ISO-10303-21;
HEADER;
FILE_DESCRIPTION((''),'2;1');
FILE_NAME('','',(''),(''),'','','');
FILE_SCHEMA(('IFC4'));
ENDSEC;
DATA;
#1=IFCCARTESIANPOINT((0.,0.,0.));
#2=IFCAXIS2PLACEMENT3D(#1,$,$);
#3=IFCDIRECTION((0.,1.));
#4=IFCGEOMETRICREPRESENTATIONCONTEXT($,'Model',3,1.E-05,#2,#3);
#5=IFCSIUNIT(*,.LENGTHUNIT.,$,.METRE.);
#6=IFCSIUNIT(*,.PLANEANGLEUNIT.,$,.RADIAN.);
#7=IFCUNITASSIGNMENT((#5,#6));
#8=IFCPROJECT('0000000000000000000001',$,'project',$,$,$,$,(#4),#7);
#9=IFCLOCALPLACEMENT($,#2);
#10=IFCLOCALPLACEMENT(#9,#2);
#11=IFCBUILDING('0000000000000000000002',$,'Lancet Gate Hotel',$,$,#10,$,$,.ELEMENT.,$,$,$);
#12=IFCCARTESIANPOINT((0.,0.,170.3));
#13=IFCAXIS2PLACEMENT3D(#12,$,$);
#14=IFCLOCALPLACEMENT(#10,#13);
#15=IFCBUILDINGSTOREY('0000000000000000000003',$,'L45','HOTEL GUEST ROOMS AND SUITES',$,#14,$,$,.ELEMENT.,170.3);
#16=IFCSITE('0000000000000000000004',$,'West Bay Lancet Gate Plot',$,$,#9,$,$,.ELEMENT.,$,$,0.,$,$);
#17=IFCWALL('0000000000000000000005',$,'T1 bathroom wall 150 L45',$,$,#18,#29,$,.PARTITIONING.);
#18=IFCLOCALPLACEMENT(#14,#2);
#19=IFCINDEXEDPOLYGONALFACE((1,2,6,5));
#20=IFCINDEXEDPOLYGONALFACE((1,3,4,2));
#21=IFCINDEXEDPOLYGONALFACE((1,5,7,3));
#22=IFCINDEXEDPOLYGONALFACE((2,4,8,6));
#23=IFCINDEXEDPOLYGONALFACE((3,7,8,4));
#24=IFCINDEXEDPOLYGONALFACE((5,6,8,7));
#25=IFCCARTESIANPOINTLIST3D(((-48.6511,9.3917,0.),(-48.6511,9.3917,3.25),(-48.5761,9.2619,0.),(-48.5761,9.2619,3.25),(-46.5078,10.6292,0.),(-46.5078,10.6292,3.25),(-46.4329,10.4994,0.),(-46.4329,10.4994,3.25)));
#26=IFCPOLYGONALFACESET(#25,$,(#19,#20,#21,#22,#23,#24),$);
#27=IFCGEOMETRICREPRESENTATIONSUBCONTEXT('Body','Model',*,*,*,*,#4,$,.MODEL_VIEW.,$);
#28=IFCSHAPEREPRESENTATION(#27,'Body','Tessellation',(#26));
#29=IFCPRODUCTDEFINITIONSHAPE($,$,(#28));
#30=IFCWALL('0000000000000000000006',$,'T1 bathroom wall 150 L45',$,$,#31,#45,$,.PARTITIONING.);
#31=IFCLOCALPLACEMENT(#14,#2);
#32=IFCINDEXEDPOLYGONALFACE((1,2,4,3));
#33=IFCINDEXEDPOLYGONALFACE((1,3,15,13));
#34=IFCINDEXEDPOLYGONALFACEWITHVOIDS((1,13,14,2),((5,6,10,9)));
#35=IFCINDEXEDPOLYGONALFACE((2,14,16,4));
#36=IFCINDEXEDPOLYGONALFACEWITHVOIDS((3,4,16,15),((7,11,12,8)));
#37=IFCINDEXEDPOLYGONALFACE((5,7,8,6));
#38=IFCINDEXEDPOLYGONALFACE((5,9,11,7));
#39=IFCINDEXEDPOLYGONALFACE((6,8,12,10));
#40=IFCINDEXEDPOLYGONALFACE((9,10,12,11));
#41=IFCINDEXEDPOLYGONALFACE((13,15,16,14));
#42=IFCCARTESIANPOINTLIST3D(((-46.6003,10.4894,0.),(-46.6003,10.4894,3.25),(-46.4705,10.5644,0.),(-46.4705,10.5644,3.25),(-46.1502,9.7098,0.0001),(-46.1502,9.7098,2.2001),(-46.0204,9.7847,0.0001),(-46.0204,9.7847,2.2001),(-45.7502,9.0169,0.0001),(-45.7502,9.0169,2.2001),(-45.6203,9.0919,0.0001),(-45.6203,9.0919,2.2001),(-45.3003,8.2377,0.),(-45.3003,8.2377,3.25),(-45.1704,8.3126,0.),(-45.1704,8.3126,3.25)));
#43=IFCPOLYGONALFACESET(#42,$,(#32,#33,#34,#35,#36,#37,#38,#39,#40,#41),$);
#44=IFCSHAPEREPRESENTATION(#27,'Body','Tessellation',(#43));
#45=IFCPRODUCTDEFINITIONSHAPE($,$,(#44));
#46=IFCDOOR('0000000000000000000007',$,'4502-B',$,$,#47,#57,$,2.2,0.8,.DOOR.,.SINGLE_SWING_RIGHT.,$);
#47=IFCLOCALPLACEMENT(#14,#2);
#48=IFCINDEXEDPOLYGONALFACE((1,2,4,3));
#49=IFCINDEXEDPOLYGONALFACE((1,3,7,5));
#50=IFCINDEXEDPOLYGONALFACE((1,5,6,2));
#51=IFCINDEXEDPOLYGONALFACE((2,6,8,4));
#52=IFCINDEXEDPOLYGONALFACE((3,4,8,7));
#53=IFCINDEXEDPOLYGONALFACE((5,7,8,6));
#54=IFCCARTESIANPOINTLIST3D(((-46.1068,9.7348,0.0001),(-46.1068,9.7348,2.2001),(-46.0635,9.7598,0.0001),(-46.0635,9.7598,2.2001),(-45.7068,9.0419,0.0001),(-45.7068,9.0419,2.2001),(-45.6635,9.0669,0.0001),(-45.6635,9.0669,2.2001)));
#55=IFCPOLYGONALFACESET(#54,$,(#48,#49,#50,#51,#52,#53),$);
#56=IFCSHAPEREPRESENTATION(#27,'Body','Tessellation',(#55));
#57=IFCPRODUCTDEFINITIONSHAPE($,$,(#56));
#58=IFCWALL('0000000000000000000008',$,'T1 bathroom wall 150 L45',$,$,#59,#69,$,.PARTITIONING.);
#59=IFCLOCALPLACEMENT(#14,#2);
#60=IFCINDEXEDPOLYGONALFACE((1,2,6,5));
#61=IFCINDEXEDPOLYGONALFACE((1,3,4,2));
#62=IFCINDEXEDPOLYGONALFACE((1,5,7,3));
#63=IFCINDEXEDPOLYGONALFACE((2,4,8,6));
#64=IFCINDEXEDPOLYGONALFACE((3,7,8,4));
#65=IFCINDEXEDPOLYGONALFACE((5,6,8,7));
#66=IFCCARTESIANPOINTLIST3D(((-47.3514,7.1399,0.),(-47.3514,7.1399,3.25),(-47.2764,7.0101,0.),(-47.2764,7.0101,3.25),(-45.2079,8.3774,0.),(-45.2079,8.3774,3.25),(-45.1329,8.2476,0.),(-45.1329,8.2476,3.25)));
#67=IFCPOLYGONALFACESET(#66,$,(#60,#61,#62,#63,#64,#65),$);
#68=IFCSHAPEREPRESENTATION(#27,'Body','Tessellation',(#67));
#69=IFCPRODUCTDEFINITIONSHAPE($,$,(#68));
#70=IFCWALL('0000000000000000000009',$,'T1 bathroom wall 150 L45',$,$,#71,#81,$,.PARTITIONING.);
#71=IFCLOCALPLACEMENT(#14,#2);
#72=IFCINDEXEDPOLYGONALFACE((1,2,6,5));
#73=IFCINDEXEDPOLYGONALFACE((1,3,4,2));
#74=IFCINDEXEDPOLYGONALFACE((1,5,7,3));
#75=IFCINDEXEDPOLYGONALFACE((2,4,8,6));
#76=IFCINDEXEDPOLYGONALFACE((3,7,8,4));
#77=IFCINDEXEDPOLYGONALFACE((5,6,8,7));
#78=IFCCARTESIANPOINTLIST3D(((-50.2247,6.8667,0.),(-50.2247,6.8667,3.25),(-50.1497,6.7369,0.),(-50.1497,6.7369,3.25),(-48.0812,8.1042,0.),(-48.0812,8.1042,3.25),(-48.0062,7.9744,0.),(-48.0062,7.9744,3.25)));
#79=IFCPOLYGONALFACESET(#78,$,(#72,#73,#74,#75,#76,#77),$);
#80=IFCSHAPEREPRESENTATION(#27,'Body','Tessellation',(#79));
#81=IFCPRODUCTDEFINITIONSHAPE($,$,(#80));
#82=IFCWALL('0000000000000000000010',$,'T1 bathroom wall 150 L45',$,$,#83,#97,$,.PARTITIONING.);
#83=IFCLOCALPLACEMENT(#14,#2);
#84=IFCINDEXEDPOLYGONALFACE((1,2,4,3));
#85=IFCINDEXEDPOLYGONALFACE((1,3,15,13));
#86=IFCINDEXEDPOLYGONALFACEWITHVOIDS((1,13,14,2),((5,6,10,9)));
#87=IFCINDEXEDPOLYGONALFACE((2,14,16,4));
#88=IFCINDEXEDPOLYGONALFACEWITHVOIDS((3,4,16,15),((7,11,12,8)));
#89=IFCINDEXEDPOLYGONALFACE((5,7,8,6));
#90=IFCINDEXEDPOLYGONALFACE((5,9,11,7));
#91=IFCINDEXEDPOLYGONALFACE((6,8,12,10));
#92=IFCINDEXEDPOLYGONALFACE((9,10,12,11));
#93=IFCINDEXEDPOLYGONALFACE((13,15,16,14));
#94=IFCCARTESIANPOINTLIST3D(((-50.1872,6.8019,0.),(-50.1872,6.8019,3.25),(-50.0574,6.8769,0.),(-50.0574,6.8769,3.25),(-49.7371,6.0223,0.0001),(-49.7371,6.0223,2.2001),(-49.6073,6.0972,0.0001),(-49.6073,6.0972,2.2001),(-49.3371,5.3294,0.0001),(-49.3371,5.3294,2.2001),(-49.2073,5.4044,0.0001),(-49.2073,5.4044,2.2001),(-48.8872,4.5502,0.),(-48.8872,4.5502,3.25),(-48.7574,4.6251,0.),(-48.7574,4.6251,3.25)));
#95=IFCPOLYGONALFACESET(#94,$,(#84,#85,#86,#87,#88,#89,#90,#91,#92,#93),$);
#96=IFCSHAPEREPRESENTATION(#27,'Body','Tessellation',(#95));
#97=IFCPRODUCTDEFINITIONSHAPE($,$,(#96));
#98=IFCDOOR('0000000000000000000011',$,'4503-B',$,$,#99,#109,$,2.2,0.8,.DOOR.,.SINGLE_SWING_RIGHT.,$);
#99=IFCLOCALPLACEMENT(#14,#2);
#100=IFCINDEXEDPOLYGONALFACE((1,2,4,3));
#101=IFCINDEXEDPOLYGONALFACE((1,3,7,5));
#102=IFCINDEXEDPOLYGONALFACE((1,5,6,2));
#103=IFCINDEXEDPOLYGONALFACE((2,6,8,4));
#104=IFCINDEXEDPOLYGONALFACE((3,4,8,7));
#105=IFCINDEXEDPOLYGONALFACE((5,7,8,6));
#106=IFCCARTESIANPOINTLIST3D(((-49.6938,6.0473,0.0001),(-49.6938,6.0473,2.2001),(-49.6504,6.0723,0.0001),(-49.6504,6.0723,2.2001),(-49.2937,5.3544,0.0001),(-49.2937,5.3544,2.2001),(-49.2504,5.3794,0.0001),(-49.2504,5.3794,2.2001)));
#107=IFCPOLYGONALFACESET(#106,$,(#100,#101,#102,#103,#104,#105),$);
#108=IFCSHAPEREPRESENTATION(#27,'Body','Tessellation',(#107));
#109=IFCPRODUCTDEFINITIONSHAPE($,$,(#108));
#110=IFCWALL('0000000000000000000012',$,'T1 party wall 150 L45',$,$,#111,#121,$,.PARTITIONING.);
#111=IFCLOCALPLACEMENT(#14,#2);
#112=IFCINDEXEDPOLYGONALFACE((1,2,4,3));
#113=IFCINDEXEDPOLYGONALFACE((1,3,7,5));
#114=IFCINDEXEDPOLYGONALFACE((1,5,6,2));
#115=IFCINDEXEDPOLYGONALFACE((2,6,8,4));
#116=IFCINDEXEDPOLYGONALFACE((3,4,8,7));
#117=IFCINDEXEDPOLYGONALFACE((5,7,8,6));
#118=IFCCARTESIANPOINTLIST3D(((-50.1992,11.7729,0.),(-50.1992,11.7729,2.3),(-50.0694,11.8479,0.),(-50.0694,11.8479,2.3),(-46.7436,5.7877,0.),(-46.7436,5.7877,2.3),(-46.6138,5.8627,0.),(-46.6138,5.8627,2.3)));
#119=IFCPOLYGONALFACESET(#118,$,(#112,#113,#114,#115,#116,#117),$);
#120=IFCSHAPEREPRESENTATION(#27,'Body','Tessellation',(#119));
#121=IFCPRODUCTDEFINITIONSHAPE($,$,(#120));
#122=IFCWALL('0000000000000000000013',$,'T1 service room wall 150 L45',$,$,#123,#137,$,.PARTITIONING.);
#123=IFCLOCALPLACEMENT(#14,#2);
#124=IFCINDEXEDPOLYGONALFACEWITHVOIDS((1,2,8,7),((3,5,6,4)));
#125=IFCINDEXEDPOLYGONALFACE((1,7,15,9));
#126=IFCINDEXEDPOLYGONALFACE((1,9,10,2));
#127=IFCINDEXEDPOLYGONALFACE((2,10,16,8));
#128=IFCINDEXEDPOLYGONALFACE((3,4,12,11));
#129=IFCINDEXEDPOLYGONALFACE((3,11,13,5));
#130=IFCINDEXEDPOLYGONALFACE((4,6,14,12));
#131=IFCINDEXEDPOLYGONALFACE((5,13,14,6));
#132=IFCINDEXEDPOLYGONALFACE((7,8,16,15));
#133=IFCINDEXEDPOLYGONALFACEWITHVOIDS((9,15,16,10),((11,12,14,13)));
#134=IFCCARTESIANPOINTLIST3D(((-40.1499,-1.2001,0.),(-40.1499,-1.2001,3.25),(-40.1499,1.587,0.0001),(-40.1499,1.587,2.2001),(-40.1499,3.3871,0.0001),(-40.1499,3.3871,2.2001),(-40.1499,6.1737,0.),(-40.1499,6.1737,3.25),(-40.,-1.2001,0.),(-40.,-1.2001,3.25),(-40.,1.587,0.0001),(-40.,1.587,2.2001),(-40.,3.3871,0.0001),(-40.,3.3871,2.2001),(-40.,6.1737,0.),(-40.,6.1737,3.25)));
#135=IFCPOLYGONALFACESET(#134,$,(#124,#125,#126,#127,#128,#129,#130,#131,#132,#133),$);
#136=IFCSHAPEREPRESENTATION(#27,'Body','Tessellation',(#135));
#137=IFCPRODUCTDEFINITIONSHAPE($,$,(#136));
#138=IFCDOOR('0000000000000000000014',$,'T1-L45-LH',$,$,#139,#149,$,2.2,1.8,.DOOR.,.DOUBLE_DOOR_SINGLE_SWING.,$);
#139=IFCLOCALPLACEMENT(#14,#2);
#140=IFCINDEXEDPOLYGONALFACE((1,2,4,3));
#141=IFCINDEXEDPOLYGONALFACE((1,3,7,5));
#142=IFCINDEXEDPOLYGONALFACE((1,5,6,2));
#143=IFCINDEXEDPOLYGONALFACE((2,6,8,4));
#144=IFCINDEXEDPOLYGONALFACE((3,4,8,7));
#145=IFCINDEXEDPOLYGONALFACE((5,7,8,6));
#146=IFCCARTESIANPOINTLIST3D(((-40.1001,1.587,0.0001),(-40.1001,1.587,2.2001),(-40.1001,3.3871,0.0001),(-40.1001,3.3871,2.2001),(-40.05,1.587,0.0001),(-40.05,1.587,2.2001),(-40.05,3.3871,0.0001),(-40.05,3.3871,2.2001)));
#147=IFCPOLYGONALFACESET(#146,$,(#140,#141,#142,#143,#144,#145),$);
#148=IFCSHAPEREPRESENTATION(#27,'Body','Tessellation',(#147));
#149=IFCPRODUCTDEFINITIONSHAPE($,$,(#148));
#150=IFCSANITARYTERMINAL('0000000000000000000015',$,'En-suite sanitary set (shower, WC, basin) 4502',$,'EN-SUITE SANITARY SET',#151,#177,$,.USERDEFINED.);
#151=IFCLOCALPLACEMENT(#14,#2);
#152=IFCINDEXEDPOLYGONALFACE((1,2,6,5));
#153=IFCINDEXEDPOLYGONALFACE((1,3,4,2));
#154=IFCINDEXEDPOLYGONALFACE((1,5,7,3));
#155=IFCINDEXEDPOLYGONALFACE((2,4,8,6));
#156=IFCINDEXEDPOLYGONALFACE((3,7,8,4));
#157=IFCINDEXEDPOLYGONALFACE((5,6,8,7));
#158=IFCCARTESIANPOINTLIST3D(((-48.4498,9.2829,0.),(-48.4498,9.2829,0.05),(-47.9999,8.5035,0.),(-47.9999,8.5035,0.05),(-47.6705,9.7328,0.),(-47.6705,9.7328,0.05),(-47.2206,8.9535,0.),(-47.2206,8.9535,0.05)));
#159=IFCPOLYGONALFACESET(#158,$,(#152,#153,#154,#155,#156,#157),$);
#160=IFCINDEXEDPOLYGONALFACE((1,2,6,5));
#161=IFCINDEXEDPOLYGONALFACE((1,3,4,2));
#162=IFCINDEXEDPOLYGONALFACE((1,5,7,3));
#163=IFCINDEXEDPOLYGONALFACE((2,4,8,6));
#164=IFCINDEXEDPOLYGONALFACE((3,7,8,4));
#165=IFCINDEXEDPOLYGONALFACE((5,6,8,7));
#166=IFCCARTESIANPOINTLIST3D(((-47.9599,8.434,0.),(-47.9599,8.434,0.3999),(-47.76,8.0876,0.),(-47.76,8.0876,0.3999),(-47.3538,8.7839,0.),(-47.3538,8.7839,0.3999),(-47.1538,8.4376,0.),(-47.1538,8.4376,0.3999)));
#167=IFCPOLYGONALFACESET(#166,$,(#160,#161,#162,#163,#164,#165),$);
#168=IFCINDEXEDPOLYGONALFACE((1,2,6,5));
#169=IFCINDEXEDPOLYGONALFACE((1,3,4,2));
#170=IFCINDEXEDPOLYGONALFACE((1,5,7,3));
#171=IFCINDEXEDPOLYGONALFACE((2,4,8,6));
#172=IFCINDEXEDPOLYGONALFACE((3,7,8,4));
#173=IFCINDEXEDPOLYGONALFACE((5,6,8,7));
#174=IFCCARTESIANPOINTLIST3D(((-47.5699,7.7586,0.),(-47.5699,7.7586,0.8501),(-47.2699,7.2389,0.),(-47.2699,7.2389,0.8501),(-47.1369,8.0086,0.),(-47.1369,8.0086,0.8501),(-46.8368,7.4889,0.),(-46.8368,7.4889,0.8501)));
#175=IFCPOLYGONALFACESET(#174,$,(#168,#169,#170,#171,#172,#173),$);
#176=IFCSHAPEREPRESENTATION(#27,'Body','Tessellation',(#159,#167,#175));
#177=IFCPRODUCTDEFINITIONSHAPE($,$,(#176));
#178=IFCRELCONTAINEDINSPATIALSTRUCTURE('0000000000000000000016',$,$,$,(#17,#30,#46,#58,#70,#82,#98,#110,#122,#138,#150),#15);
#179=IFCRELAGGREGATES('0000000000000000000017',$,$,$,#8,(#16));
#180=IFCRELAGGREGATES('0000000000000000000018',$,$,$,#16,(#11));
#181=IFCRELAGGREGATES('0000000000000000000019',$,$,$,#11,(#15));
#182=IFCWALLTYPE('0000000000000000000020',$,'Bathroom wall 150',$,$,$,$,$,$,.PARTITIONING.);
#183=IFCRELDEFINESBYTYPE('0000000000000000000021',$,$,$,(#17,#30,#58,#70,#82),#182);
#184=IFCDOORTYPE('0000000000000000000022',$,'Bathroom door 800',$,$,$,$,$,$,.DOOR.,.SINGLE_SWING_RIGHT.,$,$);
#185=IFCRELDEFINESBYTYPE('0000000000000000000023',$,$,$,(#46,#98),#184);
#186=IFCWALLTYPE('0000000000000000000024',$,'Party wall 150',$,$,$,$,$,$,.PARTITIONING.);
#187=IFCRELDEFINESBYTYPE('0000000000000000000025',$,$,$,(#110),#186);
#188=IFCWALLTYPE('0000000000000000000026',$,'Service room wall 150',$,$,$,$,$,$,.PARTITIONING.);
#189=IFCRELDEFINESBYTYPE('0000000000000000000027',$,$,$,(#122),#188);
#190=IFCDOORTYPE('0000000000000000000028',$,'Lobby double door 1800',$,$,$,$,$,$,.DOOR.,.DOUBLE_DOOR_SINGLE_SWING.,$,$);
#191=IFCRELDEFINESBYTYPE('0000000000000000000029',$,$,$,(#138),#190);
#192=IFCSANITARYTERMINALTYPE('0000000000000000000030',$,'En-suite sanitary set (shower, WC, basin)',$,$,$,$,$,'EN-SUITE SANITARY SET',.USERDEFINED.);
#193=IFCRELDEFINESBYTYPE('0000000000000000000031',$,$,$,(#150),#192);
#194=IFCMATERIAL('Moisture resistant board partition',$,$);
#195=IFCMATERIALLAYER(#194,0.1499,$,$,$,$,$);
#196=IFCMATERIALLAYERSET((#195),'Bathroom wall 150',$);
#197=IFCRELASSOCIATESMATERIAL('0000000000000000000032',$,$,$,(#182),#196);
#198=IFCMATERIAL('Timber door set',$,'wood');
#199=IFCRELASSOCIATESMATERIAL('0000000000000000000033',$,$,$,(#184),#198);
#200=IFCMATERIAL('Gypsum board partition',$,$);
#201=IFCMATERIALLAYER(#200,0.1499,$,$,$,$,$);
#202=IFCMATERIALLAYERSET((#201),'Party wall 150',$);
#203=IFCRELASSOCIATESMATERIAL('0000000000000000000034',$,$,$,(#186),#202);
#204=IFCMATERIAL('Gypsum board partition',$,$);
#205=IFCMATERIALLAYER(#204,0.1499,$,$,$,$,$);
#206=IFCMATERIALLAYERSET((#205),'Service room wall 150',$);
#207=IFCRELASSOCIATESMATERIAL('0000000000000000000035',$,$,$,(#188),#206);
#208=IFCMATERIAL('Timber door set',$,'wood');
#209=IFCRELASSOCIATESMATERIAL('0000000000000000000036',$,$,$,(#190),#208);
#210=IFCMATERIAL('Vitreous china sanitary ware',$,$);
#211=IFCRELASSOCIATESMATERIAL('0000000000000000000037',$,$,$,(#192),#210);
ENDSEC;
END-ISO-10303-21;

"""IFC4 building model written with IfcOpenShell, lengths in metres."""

from ifc_helpers import new_model, si_unit, direction, frame, frame_2d, origin, origin_2d, place, context, subcontext, project, spatial, rectangle, extrude, material, layer, layer_set, type_object, element, fill, save


model = new_model("IFC4")

# Units and contexts
model_context = context("Model", 3, precision=1e-05, world=origin(), true_north=direction((0.0, 1.0)))
body_context = subcontext(model_context, "Body", "Model", "MODEL_VIEW")
ifc_project = project(units=[si_unit("LENGTHUNIT", "METRE"), si_unit("PLANEANGLEUNIT", "RADIAN")], contexts=[model_context])

# Site, building, storey
site_placement = place(None, origin())
site = spatial("IfcSite", under=ifc_project, at=site_placement, Name="West Bay Lancet Gate Plot", CompositionType="ELEMENT", RefElevation=0.0)
building_placement = place(site_placement, origin())
building = spatial("IfcBuilding", under=site, at=building_placement, Name="Lancet Gate Hotel", CompositionType="ELEMENT")
storey_placement = place(building_placement, frame((0.0, 0.0, 170.3)))
storey = spatial("IfcBuildingStorey", under=building, at=storey_placement, Name="L45", Description="HOTEL GUEST ROOMS AND SUITES", CompositionType="ELEMENT", Elevation=170.3)

# Wall
ifc_material_1 = material(Name="Moisture resistant board partition")
ifc_layer_1 = layer(ifc_material_1, 0.1499)
ifc_layer_set_1 = layer_set([ifc_layer_1], Name="Bathroom wall 150")
wall_type_1 = type_object("IfcWallType", Name="Bathroom wall 150", PredefinedType="PARTITIONING", material=ifc_layer_set_1)
wall_1_placement = place(storey_placement, frame((-46.4705, 10.5642, 0.0), z_axis=(0.0, 0.0, 1.0), x_axis=(-0.866007, -0.500033, 0.0)))
element("IfcWall", 1, at=wall_1_placement, inside=storey, type_object=wall_type_1, Name="T1 bathroom wall 150 L45", PredefinedType="PARTITIONING", context=body_context, shape_type="SweptSolid", body=[
    extrude(rectangle(XDim=2.4749, YDim=0.1499, at=frame_2d((1.2373, 0.0))), origin(), (0.0, 0.0, 1.0), 3.25),
])

# Wall, opening, door
wall_2_placement = place(storey_placement, frame((-45.2354, 8.2751, 0.0), z_axis=(0.0, 0.0, 1.0), x_axis=(-0.500007, 0.866021, 0.0)))
wall_2 = element("IfcWall", 2, at=wall_2_placement, inside=storey, type_object=wall_type_1, Name="T1 bathroom wall 150 L45", PredefinedType="PARTITIONING", context=body_context, shape_type="SweptSolid", body=[
    extrude(rectangle(XDim=2.6001, YDim=0.1499, at=frame_2d((1.3, 0.0))), origin(), (0.0, 0.0, 1.0), 3.25),
])
opening_1_placement = place(wall_2_placement, frame((0.8999, 0.0, 0.0)))
opening_1 = element("IfcOpeningElement", 3, at=opening_1_placement, cuts=wall_2, PredefinedType="OPENING", context=body_context, shape_type="SweptSolid", body=[
    extrude(rectangle(XDim=0.8, YDim=2.2, at=frame_2d((0.3999, 1.1001))), frame((0.0, 0.085, 0.0), z_axis=(0.0, -1.0, 0.0), x_axis=(1.0, 0.0, 0.0)), (0.0, 0.0, 1.0), 0.1699),
])
ifc_material_2 = material(Name="Timber door set", Category="wood")
door_type_1 = type_object("IfcDoorType", Name="Bathroom door 800", OperationType="SINGLE_SWING_RIGHT", PredefinedType="DOOR", material=ifc_material_2)
door_1_placement = place(opening_1_placement, origin())
door_1 = element("IfcDoor", 4, at=door_1_placement, inside=storey, type_object=door_type_1, Name="4502-B", OperationType="SINGLE_SWING_RIGHT", OverallHeight=2.2, OverallWidth=0.8, PredefinedType="DOOR", context=body_context, shape_type="SweptSolid", body=[
    extrude(rectangle(XDim=0.8, YDim=2.2, at=frame_2d((0.3999, 1.1001))), frame((0.0, 0.0249, 0.0), z_axis=(0.0, -1.0, 0.0), x_axis=(1.0, 0.0, 0.0)), (0.0, 0.0, 1.0), 0.05),
])
fill(opening_1, door_1)

# Walls
for number, where, z_axis, x_axis, name in (
    (5, (-45.1704, 8.3125, 0.0), (0.0, 0.0, 1.0), (-0.866031, -0.49999, 0.0), "T1 bathroom wall 150 L45"),
    (6, (-48.0437, 8.0393, 0.0), (0.0, 0.0, 1.0), (-0.866031, -0.49999, 0.0), "T1 bathroom wall 150 L45"),
):
    element("IfcWall", number, at=place(storey_placement, frame(where, z_axis=z_axis, x_axis=x_axis)), inside=storey, type_object=wall_type_1, Name=name, PredefinedType="PARTITIONING", context=body_context, shape_type="SweptSolid", body=[
        extrude(rectangle(XDim=2.4751, YDim=0.1499, at=frame_2d((1.2375, 0.0))), origin(), (0.0, 0.0, 1.0), 3.25),
    ])

# Wall, opening, door
wall_3_placement = place(storey_placement, frame((-48.8223, 4.5876, 0.0), z_axis=(0.0, 0.0, 1.0), x_axis=(-0.500007, 0.866021, 0.0)))
wall_3 = element("IfcWall", 7, at=wall_3_placement, inside=storey, type_object=wall_type_1, Name="T1 bathroom wall 150 L45", PredefinedType="PARTITIONING", context=body_context, shape_type="SweptSolid", body=[
    extrude(rectangle(XDim=2.6001, YDim=0.1499, at=frame_2d((1.3, 0.0))), origin(), (0.0, 0.0, 1.0), 3.25),
])
opening_2_placement = place(wall_3_placement, frame((0.8999, 0.0, 0.0)))
opening_2 = element("IfcOpeningElement", 8, at=opening_2_placement, cuts=wall_3, PredefinedType="OPENING", context=body_context, shape_type="SweptSolid", body=[
    extrude(rectangle(XDim=0.8, YDim=2.2, at=frame_2d((0.3999, 1.1001))), frame((0.0, 0.085, 0.0), z_axis=(0.0, -1.0, 0.0), x_axis=(1.0, 0.0, 0.0)), (0.0, 0.0, 1.0), 0.1699),
])
door_2_placement = place(opening_2_placement, origin())
door_2 = element("IfcDoor", 9, at=door_2_placement, inside=storey, type_object=door_type_1, Name="4503-B", OperationType="SINGLE_SWING_RIGHT", OverallHeight=2.2, OverallWidth=0.8, PredefinedType="DOOR", context=body_context, shape_type="SweptSolid", body=[
    extrude(rectangle(XDim=0.8, YDim=2.2, at=frame_2d((0.3999, 1.1001))), frame((0.0, 0.0249, 0.0), z_axis=(0.0, -1.0, 0.0), x_axis=(1.0, 0.0, 0.0)), (0.0, 0.0, 1.0), 0.05),
])
fill(opening_2, door_2)

# Wall
ifc_material_3 = material(Name="Gypsum board partition")
ifc_layer_2 = layer(ifc_material_3, 0.1499)
ifc_layer_set_2 = layer_set([ifc_layer_2], Name="Party wall 150")
wall_type_2 = type_object("IfcWallType", Name="Party wall 150", PredefinedType="PARTITIONING", material=ifc_layer_set_2)
wall_4_placement = place(storey_placement, frame((-46.6787, 5.8252, 0.0), z_axis=(0.0, 0.0, 1.0), x_axis=(-0.500007, 0.866021, 0.0)))
element("IfcWall", 10, at=wall_4_placement, inside=storey, type_object=wall_type_2, Name="T1 party wall 150 L45", PredefinedType="PARTITIONING", context=body_context, shape_type="SweptSolid", body=[
    extrude(rectangle(XDim=6.9111, YDim=0.1499, at=frame_2d((3.4556, 0.0))), origin(), (0.0, 0.0, 1.0), 2.3),
])

# Wall, opening, door
ifc_material_4 = material(Name="Gypsum board partition")
ifc_layer_3 = layer(ifc_material_4, 0.1499)
ifc_layer_set_3 = layer_set([ifc_layer_3], Name="Service room wall 150")
wall_type_3 = type_object("IfcWallType", Name="Service room wall 150", PredefinedType="PARTITIONING", material=ifc_layer_set_3)
wall_5_placement = place(storey_placement, frame((-40.075, 6.1738, 0.0), z_axis=(0.0, 0.0, 1.0), x_axis=(0.0, -1.0, 0.0)))
wall_5 = element("IfcWall", 11, at=wall_5_placement, inside=storey, type_object=wall_type_3, Name="T1 service room wall 150 L45", PredefinedType="PARTITIONING", context=body_context, shape_type="SweptSolid", body=[
    extrude(rectangle(XDim=7.3738, YDim=0.1499, at=frame_2d((3.687, 0.0))), origin(), (0.0, 0.0, 1.0), 3.25),
])
opening_3_placement = place(wall_5_placement, frame((2.7869, 0.0, 0.0)))
opening_3 = element("IfcOpeningElement", 12, at=opening_3_placement, cuts=wall_5, PredefinedType="OPENING", context=body_context, shape_type="SweptSolid", body=[
    extrude(rectangle(XDim=1.8, YDim=2.2, at=frame_2d((0.8999, 1.1001))), frame((0.0, 0.085, 0.0), z_axis=(0.0, -1.0, 0.0), x_axis=(1.0, 0.0, 0.0)), (0.0, 0.0, 1.0), 0.1699),
])
ifc_material_5 = material(Name="Timber door set", Category="wood")
door_type_2 = type_object("IfcDoorType", Name="Lobby double door 1800", OperationType="DOUBLE_DOOR_SINGLE_SWING", PredefinedType="DOOR", material=ifc_material_5)
door_3_placement = place(opening_3_placement, origin())
door_3 = element("IfcDoor", 13, at=door_3_placement, inside=storey, type_object=door_type_2, Name="T1-L45-LH", OperationType="DOUBLE_DOOR_SINGLE_SWING", OverallHeight=2.2, OverallWidth=1.8, PredefinedType="DOOR", context=body_context, shape_type="SweptSolid", body=[
    extrude(rectangle(XDim=1.8, YDim=2.2, at=frame_2d((0.8999, 1.1001))), frame((0.0, 0.0249, 0.0), z_axis=(0.0, -1.0, 0.0), x_axis=(1.0, 0.0, 0.0)), (0.0, 0.0, 1.0), 0.05),
])
fill(opening_3, door_3)

# Sanitary terminal
ifc_material_6 = material(Name="Vitreous china sanitary ware")
sanitary_terminal_type = type_object("IfcSanitaryTerminalType", Name="En-suite sanitary set (shower, WC, basin)", ElementType="EN-SUITE SANITARY SET", PredefinedType="USERDEFINED", material=ifc_material_6)
sanitary_terminal_1_placement = place(storey_placement, frame((-47.8352, 9.1182, 0.0), z_axis=(0.0, 0.0, 1.0), x_axis=(1.0, 0.0, 0.0)))
element("IfcSanitaryTerminal", 14, at=sanitary_terminal_1_placement, inside=storey, type_object=sanitary_terminal_type, Name="En-suite sanitary set (shower, WC, basin) 4502", ObjectType="EN-SUITE SANITARY SET", PredefinedType="USERDEFINED", context=body_context, shape_type="SweptSolid", body=[
    extrude(rectangle(XDim=0.8999, YDim=0.8999, at=origin_2d()), frame((0.0, 0.0, 0.0), z_axis=(0.0, 0.0, 1.0), x_axis=(-0.5, 0.866025, 0.0)), (0.0, 0.0, 1.0), 0.05),
    extrude(rectangle(XDim=0.3999, YDim=0.7, at=origin_2d()), frame((0.2783, -0.6824, 0.0), z_axis=(0.0, 0.0, 1.0), x_axis=(-0.5, 0.866025, 0.0)), (0.0, 0.0, 1.0), 0.3999),
    extrude(rectangle(XDim=0.6001, YDim=0.5, at=origin_2d()), frame((0.6318, -1.4944, 0.0), z_axis=(0.0, 0.0, 1.0), x_axis=(-0.5, 0.866025, 0.0)), (0.0, 0.0, 1.0), 0.8501),
])

save(model, "model.ifc")
